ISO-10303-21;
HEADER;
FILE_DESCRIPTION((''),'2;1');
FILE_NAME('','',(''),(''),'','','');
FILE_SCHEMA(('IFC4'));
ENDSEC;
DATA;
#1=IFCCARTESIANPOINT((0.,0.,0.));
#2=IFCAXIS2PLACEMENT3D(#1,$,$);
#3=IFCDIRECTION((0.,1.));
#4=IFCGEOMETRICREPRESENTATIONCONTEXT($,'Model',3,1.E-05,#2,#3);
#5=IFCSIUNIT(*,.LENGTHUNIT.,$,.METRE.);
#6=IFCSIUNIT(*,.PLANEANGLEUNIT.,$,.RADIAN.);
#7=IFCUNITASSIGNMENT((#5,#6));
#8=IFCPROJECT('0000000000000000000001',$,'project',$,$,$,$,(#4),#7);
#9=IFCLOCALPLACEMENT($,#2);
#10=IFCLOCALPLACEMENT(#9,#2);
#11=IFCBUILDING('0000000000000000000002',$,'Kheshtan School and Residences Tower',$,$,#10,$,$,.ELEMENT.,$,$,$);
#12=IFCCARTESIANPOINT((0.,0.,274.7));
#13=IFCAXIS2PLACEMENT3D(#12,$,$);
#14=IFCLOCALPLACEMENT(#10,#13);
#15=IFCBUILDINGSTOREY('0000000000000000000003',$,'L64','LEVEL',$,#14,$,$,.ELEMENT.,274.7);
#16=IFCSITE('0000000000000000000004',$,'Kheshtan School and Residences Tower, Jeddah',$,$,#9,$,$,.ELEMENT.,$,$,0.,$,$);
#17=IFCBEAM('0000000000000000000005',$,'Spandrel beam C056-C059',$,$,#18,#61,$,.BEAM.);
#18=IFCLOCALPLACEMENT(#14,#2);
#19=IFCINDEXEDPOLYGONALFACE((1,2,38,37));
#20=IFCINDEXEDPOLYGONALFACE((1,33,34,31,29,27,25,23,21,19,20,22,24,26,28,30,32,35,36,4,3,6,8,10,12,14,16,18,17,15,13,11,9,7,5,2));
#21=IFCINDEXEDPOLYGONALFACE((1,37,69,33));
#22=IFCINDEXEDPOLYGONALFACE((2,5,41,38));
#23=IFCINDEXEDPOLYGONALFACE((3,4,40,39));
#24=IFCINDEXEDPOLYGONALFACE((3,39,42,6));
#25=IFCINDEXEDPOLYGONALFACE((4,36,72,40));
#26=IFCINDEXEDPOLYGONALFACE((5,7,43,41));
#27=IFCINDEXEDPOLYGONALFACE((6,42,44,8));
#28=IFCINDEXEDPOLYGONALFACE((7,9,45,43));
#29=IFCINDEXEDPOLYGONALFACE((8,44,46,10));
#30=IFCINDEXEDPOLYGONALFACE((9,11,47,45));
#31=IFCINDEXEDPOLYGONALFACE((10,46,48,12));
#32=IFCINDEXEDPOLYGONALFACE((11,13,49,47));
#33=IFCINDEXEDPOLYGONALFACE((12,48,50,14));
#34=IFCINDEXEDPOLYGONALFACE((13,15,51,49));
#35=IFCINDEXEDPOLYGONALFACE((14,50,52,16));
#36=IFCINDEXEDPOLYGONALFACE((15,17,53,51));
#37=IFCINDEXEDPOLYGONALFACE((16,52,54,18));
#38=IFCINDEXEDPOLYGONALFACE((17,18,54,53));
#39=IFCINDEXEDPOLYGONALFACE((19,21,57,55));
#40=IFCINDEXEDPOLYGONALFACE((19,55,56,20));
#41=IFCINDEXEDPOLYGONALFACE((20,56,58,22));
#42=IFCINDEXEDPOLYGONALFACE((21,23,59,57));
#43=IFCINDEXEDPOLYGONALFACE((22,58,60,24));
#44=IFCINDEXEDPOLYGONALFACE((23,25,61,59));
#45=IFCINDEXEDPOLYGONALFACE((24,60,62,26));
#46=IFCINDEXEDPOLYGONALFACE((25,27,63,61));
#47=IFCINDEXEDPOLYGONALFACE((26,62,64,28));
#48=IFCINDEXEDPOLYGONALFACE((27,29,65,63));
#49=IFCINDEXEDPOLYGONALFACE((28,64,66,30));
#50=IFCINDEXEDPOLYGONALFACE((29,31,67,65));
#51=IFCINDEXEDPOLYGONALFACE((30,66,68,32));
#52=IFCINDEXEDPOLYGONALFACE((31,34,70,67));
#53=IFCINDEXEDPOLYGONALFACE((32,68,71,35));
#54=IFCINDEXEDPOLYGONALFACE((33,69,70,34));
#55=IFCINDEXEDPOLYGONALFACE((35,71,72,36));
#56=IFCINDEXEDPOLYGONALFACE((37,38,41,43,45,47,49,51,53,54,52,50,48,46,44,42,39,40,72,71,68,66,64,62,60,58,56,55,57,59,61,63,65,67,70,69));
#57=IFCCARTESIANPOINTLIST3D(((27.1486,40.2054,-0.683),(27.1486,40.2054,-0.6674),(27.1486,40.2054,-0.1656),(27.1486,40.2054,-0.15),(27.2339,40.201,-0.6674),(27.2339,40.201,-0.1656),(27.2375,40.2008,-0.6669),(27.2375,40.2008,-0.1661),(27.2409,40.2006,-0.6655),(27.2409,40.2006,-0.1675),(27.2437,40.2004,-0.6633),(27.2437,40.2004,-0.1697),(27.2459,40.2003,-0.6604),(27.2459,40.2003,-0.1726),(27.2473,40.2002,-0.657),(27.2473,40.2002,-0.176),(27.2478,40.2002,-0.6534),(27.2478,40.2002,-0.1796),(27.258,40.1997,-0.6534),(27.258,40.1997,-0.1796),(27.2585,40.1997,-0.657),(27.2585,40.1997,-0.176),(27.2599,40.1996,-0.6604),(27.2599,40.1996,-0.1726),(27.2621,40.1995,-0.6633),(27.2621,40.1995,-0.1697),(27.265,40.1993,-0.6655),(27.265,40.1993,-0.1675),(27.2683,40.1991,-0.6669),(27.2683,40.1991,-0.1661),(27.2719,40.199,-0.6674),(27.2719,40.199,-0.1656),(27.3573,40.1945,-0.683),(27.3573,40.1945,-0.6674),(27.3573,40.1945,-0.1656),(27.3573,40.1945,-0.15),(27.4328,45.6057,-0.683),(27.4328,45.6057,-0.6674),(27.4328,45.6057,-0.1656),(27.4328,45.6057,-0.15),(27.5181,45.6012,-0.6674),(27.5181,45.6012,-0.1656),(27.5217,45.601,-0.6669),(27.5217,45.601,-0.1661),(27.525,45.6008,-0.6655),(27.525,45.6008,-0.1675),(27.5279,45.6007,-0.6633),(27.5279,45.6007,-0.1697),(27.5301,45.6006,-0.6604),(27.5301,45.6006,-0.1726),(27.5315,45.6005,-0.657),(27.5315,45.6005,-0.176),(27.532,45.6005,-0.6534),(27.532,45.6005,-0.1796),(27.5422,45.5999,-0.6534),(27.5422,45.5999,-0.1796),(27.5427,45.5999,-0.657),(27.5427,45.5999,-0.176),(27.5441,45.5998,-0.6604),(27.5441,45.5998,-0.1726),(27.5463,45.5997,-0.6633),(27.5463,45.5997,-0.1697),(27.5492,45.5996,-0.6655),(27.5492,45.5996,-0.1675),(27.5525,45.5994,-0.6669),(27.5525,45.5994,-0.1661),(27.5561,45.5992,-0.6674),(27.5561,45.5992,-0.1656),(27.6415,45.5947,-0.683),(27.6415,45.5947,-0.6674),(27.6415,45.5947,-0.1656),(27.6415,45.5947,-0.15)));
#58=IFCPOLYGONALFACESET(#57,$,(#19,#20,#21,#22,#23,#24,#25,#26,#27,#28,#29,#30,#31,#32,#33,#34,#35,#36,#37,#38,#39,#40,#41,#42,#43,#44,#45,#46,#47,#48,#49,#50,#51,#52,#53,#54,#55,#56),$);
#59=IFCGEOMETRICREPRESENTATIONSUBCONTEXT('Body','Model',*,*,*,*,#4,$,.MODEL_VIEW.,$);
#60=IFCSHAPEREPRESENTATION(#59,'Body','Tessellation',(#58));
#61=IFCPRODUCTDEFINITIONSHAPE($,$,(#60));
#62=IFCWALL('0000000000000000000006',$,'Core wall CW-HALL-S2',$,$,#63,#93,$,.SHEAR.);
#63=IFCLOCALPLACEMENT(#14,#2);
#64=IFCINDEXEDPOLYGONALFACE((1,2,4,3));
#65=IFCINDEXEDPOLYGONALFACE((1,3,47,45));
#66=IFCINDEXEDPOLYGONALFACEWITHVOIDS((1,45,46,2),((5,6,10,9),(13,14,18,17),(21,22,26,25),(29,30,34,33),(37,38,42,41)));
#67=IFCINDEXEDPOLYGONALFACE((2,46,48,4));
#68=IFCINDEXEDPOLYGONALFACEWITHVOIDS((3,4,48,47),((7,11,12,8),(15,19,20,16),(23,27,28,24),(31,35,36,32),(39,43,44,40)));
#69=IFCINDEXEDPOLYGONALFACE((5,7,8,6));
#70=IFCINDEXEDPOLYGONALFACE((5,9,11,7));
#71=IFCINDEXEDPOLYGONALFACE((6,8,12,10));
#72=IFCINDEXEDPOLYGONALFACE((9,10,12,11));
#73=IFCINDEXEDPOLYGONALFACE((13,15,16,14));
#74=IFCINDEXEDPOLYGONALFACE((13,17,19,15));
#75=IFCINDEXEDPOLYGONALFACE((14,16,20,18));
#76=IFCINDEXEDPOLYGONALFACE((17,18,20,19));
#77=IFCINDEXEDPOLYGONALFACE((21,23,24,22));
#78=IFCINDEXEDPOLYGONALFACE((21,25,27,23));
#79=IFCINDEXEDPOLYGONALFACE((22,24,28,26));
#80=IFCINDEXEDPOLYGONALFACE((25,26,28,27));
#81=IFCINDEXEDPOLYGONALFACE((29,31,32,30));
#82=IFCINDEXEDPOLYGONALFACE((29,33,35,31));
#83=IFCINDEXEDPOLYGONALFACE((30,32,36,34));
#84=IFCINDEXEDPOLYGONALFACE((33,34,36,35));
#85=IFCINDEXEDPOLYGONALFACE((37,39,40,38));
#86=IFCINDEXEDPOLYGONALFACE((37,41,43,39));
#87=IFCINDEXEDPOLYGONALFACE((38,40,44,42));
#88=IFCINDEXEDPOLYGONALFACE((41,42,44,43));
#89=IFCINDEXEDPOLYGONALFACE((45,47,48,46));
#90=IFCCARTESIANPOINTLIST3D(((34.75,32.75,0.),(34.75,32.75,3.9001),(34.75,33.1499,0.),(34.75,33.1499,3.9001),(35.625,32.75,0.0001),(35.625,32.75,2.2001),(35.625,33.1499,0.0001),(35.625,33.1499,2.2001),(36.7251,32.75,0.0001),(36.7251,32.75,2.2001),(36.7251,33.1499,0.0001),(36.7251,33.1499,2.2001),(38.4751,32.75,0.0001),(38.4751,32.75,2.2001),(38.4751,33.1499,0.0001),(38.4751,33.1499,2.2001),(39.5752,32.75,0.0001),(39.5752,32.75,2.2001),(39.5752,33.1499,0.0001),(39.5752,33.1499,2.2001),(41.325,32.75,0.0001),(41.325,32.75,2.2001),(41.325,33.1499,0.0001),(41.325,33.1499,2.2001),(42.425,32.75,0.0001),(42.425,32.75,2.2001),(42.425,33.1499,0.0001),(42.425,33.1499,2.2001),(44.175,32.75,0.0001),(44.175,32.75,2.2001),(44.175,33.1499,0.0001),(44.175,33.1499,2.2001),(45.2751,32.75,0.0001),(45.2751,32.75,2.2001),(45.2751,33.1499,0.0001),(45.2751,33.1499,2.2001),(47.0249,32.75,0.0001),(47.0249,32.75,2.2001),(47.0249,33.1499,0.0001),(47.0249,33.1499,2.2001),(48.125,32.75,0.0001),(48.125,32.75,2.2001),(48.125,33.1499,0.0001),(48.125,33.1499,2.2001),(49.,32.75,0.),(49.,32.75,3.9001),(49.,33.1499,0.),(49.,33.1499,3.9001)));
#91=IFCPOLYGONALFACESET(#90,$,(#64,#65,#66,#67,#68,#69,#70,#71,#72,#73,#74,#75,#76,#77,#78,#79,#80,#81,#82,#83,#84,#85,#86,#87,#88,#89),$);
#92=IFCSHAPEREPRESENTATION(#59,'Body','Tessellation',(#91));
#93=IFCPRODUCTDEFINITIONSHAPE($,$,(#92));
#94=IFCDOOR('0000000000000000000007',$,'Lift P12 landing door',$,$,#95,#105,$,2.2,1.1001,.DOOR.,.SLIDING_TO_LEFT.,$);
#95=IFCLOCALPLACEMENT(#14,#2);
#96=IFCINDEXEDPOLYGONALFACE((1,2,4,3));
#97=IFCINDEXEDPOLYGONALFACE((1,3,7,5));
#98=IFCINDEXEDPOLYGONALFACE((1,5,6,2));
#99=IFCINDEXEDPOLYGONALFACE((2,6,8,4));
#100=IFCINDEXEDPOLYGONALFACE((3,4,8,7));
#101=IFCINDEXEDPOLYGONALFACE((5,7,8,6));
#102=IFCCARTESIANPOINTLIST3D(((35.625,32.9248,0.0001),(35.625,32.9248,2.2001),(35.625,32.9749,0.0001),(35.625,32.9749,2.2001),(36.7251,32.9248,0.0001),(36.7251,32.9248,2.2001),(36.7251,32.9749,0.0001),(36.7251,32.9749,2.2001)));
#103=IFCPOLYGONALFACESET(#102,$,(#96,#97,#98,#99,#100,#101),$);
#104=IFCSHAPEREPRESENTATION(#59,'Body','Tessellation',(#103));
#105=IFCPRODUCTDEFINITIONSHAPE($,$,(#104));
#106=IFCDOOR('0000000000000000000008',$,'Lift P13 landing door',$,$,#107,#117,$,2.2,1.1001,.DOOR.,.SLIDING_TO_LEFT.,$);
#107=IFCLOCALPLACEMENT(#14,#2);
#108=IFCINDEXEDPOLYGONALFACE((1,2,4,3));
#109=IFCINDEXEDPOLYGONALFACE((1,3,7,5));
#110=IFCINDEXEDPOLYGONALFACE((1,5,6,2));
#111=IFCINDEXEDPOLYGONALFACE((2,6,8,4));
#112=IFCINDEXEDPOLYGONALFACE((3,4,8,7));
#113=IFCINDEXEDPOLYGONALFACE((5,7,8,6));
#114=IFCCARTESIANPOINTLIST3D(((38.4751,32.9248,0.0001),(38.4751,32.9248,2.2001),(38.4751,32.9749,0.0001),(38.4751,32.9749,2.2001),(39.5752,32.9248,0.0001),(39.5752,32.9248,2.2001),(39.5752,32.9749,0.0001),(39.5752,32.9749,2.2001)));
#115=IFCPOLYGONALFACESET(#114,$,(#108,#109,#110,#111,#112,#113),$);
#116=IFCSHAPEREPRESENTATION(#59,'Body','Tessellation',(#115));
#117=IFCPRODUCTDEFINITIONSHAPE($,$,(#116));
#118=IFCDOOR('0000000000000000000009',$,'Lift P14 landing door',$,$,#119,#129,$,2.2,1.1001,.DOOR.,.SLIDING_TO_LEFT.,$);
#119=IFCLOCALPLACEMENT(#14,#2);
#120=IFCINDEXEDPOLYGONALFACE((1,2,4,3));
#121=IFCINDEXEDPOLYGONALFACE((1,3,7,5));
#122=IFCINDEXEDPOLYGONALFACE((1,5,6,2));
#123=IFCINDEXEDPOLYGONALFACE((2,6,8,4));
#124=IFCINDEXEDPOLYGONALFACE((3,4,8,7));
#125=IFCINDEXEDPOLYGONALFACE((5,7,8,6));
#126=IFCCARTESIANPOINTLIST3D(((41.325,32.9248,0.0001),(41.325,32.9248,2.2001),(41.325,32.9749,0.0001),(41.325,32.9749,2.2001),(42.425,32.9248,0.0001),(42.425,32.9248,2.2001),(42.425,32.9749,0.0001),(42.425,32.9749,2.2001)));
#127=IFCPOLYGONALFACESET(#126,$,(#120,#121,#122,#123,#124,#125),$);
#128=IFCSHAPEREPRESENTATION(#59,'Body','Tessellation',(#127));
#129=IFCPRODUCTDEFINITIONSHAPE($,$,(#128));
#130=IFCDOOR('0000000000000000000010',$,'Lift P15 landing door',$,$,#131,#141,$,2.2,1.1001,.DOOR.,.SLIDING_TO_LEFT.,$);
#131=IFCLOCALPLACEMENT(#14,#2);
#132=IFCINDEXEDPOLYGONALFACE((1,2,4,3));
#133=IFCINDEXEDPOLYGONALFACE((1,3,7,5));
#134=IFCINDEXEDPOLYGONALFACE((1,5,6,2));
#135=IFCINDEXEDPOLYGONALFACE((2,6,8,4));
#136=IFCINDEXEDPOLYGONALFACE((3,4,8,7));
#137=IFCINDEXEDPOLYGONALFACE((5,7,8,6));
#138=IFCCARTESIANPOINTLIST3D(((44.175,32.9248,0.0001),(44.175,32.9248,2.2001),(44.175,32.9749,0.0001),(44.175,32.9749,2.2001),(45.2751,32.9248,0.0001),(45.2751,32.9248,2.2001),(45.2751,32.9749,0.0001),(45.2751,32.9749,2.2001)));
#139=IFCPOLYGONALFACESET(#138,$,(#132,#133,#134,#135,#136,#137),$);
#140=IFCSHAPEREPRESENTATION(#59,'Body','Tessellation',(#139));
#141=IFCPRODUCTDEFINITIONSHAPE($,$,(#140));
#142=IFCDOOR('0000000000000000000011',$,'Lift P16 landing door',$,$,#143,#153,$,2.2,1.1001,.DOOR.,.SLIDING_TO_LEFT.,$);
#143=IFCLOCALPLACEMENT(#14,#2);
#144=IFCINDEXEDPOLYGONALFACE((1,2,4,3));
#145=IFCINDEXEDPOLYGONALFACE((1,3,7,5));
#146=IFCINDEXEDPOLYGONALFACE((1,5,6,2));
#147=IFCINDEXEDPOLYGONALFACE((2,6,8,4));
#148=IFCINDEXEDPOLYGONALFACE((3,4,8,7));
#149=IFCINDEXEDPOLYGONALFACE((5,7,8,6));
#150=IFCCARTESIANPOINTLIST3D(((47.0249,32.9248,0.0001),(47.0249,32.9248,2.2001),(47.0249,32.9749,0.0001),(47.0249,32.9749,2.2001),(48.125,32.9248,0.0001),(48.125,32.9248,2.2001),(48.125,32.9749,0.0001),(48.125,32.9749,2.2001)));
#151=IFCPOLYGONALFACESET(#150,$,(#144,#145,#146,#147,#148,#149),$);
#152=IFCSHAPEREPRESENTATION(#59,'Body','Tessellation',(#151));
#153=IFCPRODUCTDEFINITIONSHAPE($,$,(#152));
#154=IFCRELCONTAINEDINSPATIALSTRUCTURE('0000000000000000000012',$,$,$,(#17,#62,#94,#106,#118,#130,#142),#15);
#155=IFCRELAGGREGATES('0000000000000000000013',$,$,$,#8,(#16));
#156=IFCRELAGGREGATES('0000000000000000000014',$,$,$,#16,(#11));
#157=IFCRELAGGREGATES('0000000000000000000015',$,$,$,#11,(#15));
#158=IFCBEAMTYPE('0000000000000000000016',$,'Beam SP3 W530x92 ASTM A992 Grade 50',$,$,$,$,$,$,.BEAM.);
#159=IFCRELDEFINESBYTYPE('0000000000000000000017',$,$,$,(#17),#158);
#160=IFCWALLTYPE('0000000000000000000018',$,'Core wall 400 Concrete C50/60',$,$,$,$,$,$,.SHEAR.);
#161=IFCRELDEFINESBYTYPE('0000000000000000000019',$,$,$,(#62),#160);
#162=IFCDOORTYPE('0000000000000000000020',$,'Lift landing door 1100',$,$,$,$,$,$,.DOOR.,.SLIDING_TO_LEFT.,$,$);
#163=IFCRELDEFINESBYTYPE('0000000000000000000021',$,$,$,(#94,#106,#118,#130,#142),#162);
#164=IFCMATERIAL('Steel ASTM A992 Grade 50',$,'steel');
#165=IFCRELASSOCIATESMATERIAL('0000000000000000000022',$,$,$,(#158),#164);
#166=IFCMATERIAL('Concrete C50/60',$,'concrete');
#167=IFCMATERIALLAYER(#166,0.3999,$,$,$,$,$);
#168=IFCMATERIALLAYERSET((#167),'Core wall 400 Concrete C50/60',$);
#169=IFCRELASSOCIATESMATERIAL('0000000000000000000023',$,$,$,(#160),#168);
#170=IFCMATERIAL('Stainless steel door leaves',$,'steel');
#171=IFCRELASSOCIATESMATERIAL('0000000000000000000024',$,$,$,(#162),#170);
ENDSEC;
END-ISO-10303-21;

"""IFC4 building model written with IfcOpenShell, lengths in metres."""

from ifc_helpers import new_model, si_unit, direction, frame, frame_2d, origin, origin_2d, place, context, subcontext, project, spatial, rectangle, i_section, extrude, source, transform, mapped, material, layer, layer_set, material_profile, profile_set, type_object, element, fill, save


model = new_model("IFC4")

# Units and contexts
model_context = context("Model", 3, precision=1e-05, world=origin(), true_north=direction((0.0, 1.0)))
body_context = subcontext(model_context, "Body", "Model", "MODEL_VIEW")
ifc_project = project(units=[si_unit("LENGTHUNIT", "METRE"), si_unit("PLANEANGLEUNIT", "RADIAN")], contexts=[model_context])

# Site, building, storey
site_placement = place(None, origin())
site = spatial("IfcSite", under=ifc_project, at=site_placement, Name="Kheshtan School and Residences Tower, Jeddah", CompositionType="ELEMENT", RefElevation=0.0)
building_placement = place(site_placement, origin())
building = spatial("IfcBuilding", under=site, at=building_placement, Name="Kheshtan School and Residences Tower", CompositionType="ELEMENT")
storey_placement = place(building_placement, frame((0.0, 0.0, 274.7)))
storey = spatial("IfcBuildingStorey", under=building, at=storey_placement, Name="L64", Description="LEVEL", CompositionType="ELEMENT", Elevation=274.7)

# Shared definitions
ifc_material_1 = material(Name="Steel ASTM A992 Grade 50", Category="steel")

# Beam
ifc_material_profile_1 = material_profile(ifc_material_1, i_section(OverallWidth=0.209, OverallDepth=0.533, WebThickness=0.0103, FlangeThickness=0.0156, FilletRadius=0.0139, at=origin_2d()), Name="W530x92")
ifc_profile_set_1 = profile_set([ifc_material_profile_1], Name="Steel ASTM A992 Grade 50")
beam_type_1 = type_object("IfcBeamType", Name="Beam SP3 W530x92 ASTM A992 Grade 50", PredefinedType="BEAM", material=ifc_profile_set_1)
beam_1_placement = place(storey_placement, frame((27.2529, 40.2, -0.4165), z_axis=(0.052552, 0.998618, 0.0), x_axis=(-0.998618, 0.052552, 0.0)))
element("IfcBeam", 1, at=beam_1_placement, inside=storey, type_object=beam_type_1, Name="Spandrel beam C056-C059", PredefinedType="BEAM", context=body_context, shape_type="SweptSolid", body=[
    extrude(i_section(OverallWidth=0.209, OverallDepth=0.533, WebThickness=0.0103, FlangeThickness=0.0156, FilletRadius=0.0139, at=origin_2d()), origin(), (0.0, 0.0, 1.0), 5.4077),
])

# Wall, openings, doors
ifc_material_2 = material(Name="Concrete C50/60", Category="concrete")
ifc_layer_1 = layer(ifc_material_2, 0.3999)
ifc_layer_set_1 = layer_set([ifc_layer_1], Name="Core wall 400 Concrete C50/60")
wall_type_1 = type_object("IfcWallType", Name="Core wall 400 Concrete C50/60", PredefinedType="SHEAR", material=ifc_layer_set_1)
wall_1_placement = place(storey_placement, frame((34.75, 32.95, 0.0), z_axis=(0.0, 0.0, 1.0), x_axis=(1.0, 0.0, 0.0)))
wall_1 = element("IfcWall", 2, at=wall_1_placement, inside=storey, type_object=wall_type_1, Name="Core wall CW-HALL-S2", PredefinedType="SHEAR", context=body_context, shape_type="SweptSolid", body=[
    extrude(rectangle(XDim=14.25, YDim=0.3999, at=frame_2d((7.125, 0.0))), origin(), (0.0, 0.0, 1.0), 3.9001),
])
opening_1_placement = place(wall_1_placement, frame((0.875, 0.0, 0.0)))
opening_1 = element("IfcOpeningElement", 3, at=opening_1_placement, cuts=wall_1, PredefinedType="OPENING", context=body_context, shape_type="SweptSolid", body=[
    extrude(rectangle(XDim=1.1001, YDim=2.2, at=frame_2d((0.55, 1.1001))), frame((0.0, 0.21, 0.0), z_axis=(0.0, -1.0, 0.0), x_axis=(1.0, 0.0, 0.0)), (0.0, 0.0, 1.0), 0.4199),
])
opening_2_placement = place(wall_1_placement, frame((3.7251, 0.0, 0.0)))
opening_2 = element("IfcOpeningElement", 4, at=opening_2_placement, cuts=wall_1, PredefinedType="OPENING", context=body_context, shape_type="SweptSolid", body=[
    extrude(rectangle(XDim=1.1001, YDim=2.2, at=frame_2d((0.55, 1.1001))), frame((0.0, 0.21, 0.0), z_axis=(0.0, -1.0, 0.0), x_axis=(1.0, 0.0, 0.0)), (0.0, 0.0, 1.0), 0.4199),
])
opening_3_placement = place(wall_1_placement, frame((6.575, 0.0, 0.0)))
opening_3 = element("IfcOpeningElement", 5, at=opening_3_placement, cuts=wall_1, PredefinedType="OPENING", context=body_context, shape_type="SweptSolid", body=[
    extrude(rectangle(XDim=1.1001, YDim=2.2, at=frame_2d((0.55, 1.1001))), frame((0.0, 0.21, 0.0), z_axis=(0.0, -1.0, 0.0), x_axis=(1.0, 0.0, 0.0)), (0.0, 0.0, 1.0), 0.4199),
])
opening_4_placement = place(wall_1_placement, frame((9.425, 0.0, 0.0)))
opening_4 = element("IfcOpeningElement", 6, at=opening_4_placement, cuts=wall_1, PredefinedType="OPENING", context=body_context, shape_type="SweptSolid", body=[
    extrude(rectangle(XDim=1.1001, YDim=2.2, at=frame_2d((0.55, 1.1001))), frame((0.0, 0.21, 0.0), z_axis=(0.0, -1.0, 0.0), x_axis=(1.0, 0.0, 0.0)), (0.0, 0.0, 1.0), 0.4199),
])
opening_5_placement = place(wall_1_placement, frame((12.2749, 0.0, 0.0)))
opening_5 = element("IfcOpeningElement", 7, at=opening_5_placement, cuts=wall_1, PredefinedType="OPENING", context=body_context, shape_type="SweptSolid", body=[
    extrude(rectangle(XDim=1.1001, YDim=2.2, at=frame_2d((0.55, 1.1001))), frame((0.0, 0.21, 0.0), z_axis=(0.0, -1.0, 0.0), x_axis=(1.0, 0.0, 0.0)), (0.0, 0.0, 1.0), 0.4199),
])
ifc_material_3 = material(Name="Stainless steel door leaves", Category="steel")
door_type_1 = type_object("IfcDoorType", Name="Lift landing door 1100", OperationType="SLIDING_TO_LEFT", PredefinedType="DOOR", material=ifc_material_3)
shared_shape_1 = source(origin(), body_context, "Body", "SweptSolid", [
    extrude(rectangle(XDim=1.1001, YDim=2.2, at=frame_2d((0.55, 1.1001))), frame((0.0, 0.0249, 0.0), z_axis=(0.0, -1.0, 0.0), x_axis=(1.0, 0.0, 0.0)), (0.0, 0.0, 1.0), 0.05),
])
door_1_placement = place(opening_1_placement, origin())
door_1 = element("IfcDoor", 8, at=door_1_placement, inside=storey, type_object=door_type_1, Name="Lift P12 landing door", OperationType="SLIDING_TO_LEFT", OverallHeight=2.2, OverallWidth=1.1001, PredefinedType="DOOR", context=body_context, shape_type="MappedRepresentation", body=[
    mapped(shared_shape_1, transform((0.0, 0.0, 0.0), x_axis=(1.0, 0.0, 0.0), y_axis=(0.0, 1.0, 0.0), z_axis=(0.0, 0.0, 1.0), scale=1.0)),
])
fill(opening_1, door_1)
door_2_placement = place(opening_2_placement, origin())
door_2 = element("IfcDoor", 9, at=door_2_placement, inside=storey, type_object=door_type_1, Name="Lift P13 landing door", OperationType="SLIDING_TO_LEFT", OverallHeight=2.2, OverallWidth=1.1001, PredefinedType="DOOR", context=body_context, shape_type="MappedRepresentation", body=[
    mapped(shared_shape_1, transform((0.0, 0.0, 0.0), x_axis=(1.0, 0.0, 0.0), y_axis=(0.0, 1.0, 0.0), z_axis=(0.0, 0.0, 1.0), scale=1.0)),
])
fill(opening_2, door_2)
door_3_placement = place(opening_3_placement, origin())
door_3 = element("IfcDoor", 10, at=door_3_placement, inside=storey, type_object=door_type_1, Name="Lift P14 landing door", OperationType="SLIDING_TO_LEFT", OverallHeight=2.2, OverallWidth=1.1001, PredefinedType="DOOR", context=body_context, shape_type="MappedRepresentation", body=[
    mapped(shared_shape_1, transform((0.0, 0.0, 0.0), x_axis=(1.0, 0.0, 0.0), y_axis=(0.0, 1.0, 0.0), z_axis=(0.0, 0.0, 1.0), scale=1.0)),
])
fill(opening_3, door_3)
door_4_placement = place(opening_4_placement, origin())
door_4 = element("IfcDoor", 11, at=door_4_placement, inside=storey, type_object=door_type_1, Name="Lift P15 landing door", OperationType="SLIDING_TO_LEFT", OverallHeight=2.2, OverallWidth=1.1001, PredefinedType="DOOR", context=body_context, shape_type="MappedRepresentation", body=[
    mapped(shared_shape_1, transform((0.0, 0.0, 0.0), x_axis=(1.0, 0.0, 0.0), y_axis=(0.0, 1.0, 0.0), z_axis=(0.0, 0.0, 1.0), scale=1.0)),
])
fill(opening_4, door_4)
door_5_placement = place(opening_5_placement, origin())
door_5 = element("IfcDoor", 12, at=door_5_placement, inside=storey, type_object=door_type_1, Name="Lift P16 landing door", OperationType="SLIDING_TO_LEFT", OverallHeight=2.2, OverallWidth=1.1001, PredefinedType="DOOR", context=body_context, shape_type="MappedRepresentation", body=[
    mapped(shared_shape_1, transform((0.0, 0.0, 0.0), x_axis=(1.0, 0.0, 0.0), y_axis=(0.0, 1.0, 0.0), z_axis=(0.0, 0.0, 1.0), scale=1.0)),
])
fill(opening_5, door_5)

save(model, "model.ifc")
